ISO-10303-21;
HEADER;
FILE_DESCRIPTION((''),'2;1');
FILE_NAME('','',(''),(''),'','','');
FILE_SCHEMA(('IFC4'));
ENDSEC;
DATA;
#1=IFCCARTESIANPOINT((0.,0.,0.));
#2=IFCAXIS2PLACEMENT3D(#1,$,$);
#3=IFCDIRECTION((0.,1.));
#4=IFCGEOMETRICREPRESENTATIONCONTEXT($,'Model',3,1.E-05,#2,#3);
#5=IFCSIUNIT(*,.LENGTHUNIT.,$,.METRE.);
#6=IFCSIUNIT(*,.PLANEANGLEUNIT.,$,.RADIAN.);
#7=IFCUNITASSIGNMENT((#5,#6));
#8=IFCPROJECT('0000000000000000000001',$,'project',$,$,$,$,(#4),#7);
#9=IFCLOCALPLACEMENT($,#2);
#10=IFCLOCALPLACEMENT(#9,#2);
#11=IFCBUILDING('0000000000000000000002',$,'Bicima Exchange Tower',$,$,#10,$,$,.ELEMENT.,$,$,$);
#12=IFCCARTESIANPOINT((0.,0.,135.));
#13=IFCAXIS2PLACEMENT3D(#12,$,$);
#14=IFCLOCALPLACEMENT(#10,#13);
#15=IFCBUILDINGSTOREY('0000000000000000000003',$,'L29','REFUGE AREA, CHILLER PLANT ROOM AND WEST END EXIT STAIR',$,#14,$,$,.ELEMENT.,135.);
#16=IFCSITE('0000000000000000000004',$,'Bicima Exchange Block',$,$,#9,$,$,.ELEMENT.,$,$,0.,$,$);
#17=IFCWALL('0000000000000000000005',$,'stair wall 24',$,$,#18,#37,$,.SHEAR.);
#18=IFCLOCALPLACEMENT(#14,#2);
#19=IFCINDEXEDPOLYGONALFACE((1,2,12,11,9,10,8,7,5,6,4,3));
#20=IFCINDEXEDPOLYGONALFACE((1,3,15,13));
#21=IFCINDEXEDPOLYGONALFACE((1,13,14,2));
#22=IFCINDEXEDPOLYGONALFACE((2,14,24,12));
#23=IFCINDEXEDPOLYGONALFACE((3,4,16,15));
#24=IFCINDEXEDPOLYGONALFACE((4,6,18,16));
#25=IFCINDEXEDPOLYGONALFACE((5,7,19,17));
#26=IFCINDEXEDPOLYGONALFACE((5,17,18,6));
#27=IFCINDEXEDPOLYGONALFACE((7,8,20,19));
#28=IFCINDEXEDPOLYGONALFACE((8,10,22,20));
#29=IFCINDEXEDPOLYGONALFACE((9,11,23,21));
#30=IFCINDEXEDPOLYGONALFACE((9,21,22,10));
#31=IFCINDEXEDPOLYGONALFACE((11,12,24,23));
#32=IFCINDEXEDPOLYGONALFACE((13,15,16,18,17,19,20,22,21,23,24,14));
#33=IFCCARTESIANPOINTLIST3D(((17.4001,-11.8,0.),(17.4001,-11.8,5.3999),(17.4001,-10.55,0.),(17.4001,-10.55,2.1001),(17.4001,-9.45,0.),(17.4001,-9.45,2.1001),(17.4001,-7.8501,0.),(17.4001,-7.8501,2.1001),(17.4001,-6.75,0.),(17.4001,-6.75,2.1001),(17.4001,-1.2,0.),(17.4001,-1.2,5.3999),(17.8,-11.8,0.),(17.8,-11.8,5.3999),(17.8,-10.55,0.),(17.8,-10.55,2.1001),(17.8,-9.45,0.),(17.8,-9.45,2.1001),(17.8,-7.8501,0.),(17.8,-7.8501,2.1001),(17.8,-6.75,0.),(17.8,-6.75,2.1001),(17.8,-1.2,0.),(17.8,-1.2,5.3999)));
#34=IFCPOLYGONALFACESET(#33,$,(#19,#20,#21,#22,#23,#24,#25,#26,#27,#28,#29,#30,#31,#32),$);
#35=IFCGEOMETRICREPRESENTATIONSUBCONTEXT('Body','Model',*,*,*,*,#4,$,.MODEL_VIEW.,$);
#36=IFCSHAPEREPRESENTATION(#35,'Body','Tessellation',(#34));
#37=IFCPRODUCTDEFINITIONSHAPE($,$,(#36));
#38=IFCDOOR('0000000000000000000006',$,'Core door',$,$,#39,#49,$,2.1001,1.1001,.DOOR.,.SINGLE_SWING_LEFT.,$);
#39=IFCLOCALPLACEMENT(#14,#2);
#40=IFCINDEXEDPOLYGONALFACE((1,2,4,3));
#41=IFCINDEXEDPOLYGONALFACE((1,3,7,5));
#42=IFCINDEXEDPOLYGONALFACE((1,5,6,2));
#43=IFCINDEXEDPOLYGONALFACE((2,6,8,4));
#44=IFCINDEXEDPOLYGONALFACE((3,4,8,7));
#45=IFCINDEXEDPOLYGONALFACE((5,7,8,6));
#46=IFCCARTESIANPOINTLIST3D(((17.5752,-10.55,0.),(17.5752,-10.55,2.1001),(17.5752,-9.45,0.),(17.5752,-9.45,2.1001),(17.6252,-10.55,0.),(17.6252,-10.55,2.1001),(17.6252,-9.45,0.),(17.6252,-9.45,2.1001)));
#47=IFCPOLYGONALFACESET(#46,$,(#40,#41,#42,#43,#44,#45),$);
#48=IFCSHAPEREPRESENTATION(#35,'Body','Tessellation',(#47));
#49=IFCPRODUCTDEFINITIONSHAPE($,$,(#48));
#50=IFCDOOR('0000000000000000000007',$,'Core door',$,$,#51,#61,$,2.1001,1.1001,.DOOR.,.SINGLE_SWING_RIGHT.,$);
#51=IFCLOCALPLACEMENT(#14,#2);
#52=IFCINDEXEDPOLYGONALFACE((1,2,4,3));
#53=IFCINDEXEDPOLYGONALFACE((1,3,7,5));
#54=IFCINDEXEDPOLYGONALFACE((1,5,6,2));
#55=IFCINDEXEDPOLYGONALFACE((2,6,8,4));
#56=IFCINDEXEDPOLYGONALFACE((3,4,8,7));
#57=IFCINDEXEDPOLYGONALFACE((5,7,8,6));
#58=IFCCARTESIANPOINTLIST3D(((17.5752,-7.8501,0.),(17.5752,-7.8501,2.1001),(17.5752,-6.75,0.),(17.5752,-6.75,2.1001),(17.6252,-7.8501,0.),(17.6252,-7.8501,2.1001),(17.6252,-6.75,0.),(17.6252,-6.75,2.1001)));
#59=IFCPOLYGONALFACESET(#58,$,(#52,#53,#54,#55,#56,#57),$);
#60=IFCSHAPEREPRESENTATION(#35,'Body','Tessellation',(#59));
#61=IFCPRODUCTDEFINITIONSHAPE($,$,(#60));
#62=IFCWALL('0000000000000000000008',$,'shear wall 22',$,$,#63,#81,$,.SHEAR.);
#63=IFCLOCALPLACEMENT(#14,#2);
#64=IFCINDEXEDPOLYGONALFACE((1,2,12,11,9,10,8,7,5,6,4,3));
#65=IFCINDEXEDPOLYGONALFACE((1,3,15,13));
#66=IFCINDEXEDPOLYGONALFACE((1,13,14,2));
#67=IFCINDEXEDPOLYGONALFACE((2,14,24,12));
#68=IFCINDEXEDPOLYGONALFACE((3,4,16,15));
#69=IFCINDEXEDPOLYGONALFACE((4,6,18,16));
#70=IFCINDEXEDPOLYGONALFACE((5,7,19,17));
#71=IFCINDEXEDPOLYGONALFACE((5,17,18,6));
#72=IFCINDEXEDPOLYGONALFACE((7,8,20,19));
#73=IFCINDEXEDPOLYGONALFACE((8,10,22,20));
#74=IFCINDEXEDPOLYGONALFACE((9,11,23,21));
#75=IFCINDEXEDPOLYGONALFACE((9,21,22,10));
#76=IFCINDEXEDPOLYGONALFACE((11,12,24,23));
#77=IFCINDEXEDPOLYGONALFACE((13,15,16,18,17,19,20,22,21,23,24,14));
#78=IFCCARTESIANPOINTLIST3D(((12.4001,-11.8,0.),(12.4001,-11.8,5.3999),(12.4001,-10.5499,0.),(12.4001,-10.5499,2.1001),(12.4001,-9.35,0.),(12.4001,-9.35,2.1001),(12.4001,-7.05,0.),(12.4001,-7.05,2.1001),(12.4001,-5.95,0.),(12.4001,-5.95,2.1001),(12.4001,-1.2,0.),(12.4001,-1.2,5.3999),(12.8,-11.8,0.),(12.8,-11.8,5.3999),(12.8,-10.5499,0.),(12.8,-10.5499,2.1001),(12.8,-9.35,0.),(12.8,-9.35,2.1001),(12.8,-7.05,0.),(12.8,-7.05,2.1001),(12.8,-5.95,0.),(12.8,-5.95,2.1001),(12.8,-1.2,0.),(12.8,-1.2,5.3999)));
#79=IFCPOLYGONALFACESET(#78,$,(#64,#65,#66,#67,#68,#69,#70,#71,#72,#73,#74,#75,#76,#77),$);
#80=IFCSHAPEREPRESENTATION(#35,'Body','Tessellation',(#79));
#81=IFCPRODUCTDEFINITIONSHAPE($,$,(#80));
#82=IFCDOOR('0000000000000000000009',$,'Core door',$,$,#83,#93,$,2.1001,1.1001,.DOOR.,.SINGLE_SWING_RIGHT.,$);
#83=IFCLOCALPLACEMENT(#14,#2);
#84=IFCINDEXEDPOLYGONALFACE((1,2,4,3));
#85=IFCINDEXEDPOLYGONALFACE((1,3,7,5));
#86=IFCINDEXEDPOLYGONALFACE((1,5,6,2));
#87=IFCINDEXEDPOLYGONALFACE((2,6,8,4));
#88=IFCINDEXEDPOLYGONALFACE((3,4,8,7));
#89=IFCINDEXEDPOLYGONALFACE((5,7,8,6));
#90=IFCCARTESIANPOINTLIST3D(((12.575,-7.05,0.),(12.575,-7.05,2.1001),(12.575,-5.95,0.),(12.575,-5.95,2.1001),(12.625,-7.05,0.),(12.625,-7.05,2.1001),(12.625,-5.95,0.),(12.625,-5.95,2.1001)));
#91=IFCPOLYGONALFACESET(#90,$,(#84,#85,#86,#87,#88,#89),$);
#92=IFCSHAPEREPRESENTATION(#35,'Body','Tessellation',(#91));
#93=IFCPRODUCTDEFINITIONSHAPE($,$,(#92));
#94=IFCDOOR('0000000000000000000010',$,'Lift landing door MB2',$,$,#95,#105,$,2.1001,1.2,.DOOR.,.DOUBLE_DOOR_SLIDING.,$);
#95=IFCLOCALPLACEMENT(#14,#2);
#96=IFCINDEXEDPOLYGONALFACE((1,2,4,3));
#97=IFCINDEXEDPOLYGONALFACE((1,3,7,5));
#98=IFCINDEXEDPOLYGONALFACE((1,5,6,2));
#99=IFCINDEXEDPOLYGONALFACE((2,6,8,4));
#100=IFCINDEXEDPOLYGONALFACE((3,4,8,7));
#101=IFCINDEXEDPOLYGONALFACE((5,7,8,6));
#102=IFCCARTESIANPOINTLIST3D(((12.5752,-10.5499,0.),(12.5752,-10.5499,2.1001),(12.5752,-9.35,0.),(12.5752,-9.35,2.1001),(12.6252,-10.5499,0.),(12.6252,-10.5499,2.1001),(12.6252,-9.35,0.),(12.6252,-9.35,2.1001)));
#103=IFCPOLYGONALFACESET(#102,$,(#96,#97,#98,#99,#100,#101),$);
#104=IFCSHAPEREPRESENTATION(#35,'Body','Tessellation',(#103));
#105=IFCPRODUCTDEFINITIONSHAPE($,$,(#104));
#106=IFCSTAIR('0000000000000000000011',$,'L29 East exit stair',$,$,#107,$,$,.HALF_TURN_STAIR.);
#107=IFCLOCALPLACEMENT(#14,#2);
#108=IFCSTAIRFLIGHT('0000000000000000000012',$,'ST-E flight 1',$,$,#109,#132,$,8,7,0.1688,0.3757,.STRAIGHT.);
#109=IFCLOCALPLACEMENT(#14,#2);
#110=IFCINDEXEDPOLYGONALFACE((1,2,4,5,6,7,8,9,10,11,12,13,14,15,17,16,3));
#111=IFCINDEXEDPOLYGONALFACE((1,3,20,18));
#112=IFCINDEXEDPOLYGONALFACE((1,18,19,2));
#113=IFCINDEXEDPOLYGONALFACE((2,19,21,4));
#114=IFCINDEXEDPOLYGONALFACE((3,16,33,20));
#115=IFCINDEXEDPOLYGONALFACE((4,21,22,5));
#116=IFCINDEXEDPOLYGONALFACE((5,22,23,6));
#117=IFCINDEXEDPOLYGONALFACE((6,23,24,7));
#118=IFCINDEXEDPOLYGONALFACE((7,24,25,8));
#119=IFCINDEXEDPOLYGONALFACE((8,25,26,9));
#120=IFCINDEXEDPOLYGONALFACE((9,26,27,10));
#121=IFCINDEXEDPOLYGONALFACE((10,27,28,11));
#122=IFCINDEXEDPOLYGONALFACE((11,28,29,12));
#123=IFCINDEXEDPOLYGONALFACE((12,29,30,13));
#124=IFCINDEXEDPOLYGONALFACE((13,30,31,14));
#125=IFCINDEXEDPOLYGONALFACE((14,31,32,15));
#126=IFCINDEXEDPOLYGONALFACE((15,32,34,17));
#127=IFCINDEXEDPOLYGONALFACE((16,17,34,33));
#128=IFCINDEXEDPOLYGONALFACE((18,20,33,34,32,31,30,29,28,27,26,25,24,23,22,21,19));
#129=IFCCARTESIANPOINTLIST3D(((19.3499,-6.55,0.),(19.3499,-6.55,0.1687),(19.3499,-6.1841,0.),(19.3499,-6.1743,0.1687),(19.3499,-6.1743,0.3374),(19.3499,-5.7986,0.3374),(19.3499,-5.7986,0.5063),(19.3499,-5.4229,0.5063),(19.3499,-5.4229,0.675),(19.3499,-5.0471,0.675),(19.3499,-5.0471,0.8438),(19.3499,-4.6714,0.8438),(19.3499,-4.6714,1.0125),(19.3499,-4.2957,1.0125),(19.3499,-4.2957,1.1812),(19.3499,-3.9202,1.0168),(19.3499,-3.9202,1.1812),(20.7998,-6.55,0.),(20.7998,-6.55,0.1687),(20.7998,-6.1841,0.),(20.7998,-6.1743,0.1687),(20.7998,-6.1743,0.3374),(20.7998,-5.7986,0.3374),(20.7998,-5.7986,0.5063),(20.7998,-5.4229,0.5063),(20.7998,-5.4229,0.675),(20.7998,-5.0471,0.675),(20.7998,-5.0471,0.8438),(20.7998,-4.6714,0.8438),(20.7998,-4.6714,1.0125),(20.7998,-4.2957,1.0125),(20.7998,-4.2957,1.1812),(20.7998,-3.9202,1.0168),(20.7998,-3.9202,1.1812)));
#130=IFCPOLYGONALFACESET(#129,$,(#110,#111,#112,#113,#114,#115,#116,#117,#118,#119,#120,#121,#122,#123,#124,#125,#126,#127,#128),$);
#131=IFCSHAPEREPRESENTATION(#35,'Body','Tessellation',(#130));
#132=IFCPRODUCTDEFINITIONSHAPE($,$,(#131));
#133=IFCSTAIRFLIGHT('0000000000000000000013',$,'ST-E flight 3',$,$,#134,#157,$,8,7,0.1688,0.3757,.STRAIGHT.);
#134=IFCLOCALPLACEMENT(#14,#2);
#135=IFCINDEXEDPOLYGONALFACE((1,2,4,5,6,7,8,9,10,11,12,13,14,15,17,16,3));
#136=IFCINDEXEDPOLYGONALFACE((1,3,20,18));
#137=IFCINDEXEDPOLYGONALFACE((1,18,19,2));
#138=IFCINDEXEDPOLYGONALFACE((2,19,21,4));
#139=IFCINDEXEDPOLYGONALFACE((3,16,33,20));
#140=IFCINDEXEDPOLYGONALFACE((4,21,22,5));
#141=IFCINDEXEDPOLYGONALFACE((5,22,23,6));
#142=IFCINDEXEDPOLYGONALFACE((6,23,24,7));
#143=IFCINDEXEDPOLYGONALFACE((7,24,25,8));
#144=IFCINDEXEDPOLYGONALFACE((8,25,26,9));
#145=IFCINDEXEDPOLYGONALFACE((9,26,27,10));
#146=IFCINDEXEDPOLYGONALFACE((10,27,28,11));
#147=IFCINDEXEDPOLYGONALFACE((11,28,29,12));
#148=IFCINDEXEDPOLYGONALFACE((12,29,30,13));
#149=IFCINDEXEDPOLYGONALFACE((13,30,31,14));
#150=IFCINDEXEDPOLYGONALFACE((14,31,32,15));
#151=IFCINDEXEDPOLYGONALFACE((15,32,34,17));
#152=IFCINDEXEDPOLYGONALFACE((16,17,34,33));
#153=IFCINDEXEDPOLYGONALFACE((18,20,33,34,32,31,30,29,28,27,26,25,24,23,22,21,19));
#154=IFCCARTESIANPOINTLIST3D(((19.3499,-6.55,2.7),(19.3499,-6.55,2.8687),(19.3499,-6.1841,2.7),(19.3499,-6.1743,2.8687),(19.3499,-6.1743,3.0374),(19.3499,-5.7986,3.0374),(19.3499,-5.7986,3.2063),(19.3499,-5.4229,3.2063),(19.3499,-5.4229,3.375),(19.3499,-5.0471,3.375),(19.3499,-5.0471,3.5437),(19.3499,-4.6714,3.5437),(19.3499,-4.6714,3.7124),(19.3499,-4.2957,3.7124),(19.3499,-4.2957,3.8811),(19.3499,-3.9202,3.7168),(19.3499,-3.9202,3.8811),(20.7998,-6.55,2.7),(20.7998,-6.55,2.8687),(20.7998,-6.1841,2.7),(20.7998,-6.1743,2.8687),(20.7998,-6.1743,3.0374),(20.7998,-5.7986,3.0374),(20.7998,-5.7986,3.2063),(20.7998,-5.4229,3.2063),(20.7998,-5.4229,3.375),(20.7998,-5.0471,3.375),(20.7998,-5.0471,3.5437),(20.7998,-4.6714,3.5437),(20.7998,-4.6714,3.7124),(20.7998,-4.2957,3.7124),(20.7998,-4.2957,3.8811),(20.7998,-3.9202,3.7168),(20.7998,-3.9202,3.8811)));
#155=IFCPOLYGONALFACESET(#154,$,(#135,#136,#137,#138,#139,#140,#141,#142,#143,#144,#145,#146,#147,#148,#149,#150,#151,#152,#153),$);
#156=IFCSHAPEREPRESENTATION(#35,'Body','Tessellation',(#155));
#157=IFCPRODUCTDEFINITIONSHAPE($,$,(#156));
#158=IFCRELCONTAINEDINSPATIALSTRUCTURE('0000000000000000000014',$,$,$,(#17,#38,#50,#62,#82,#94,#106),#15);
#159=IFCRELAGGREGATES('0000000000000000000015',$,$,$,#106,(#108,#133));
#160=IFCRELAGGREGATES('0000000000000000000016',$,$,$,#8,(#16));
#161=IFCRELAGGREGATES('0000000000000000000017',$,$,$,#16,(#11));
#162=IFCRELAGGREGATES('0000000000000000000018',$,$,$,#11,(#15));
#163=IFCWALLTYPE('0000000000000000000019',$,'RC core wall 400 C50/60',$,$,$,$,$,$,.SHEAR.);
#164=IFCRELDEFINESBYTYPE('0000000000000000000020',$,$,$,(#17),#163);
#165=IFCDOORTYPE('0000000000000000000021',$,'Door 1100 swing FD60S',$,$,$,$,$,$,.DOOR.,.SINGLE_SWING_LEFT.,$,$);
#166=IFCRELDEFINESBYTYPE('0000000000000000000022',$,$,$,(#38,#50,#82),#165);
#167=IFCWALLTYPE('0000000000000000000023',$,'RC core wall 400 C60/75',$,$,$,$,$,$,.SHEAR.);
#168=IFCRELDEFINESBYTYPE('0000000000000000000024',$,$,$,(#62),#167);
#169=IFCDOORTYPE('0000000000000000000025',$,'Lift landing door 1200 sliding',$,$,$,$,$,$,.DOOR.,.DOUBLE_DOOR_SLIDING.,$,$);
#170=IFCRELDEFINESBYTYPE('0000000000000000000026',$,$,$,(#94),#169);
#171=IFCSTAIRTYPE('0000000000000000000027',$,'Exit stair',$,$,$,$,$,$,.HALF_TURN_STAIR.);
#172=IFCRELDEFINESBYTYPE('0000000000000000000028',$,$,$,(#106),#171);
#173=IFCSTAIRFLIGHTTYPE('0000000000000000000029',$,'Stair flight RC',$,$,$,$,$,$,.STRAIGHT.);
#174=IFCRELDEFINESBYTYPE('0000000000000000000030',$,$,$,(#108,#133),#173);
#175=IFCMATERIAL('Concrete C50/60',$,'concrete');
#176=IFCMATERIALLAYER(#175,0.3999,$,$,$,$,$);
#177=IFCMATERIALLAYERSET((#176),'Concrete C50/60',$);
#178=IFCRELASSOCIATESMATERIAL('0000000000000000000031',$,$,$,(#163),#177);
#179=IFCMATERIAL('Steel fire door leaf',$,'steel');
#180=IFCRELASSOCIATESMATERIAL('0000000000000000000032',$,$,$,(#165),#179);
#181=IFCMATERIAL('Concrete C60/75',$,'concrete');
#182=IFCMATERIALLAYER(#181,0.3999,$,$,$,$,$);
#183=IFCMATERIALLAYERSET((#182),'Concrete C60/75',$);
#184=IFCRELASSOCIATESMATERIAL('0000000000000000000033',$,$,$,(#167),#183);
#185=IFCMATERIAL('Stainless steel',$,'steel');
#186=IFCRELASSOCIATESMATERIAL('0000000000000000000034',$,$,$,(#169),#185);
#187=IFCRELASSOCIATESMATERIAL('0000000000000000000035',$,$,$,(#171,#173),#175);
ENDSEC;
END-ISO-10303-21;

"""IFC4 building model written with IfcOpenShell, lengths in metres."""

from ifc_helpers import new_model, si_unit, direction, frame, frame_2d, origin, place, context, subcontext, project, spatial, polyline, rectangle, outline, extrude, material, layer, layer_set, type_object, element, fill, aggregate, save


model = new_model("IFC4")

# Units and contexts
model_context = context("Model", 3, precision=1e-05, world=origin(), true_north=direction((0.0, 1.0)))
body_context = subcontext(model_context, "Body", "Model", "MODEL_VIEW")
ifc_project = project(units=[si_unit("LENGTHUNIT", "METRE"), si_unit("PLANEANGLEUNIT", "RADIAN")], contexts=[model_context])

# Site, building, storey
site_placement = place(None, origin())
site = spatial("IfcSite", under=ifc_project, at=site_placement, Name="Bicima Exchange Block", CompositionType="ELEMENT", RefElevation=0.0)
building_placement = place(site_placement, origin())
building = spatial("IfcBuilding", under=site, at=building_placement, Name="Bicima Exchange Tower", CompositionType="ELEMENT")
storey_placement = place(building_placement, frame((0.0, 0.0, 135.0)))
storey = spatial("IfcBuildingStorey", under=building, at=storey_placement, Name="L29", Description="REFUGE AREA, CHILLER PLANT ROOM AND WEST END EXIT STAIR", CompositionType="ELEMENT", Elevation=135.0)

# Shared definitions
ifc_material_1 = material(Name="Concrete C60/75", Category="concrete")

# Shared definitions
ifc_material_2 = material(Name="Concrete C50/60", Category="concrete")
ifc_layer_1 = layer(ifc_material_2, 0.3999)
ifc_layer_set_1 = layer_set([ifc_layer_1], Name="Concrete C50/60")
wall_type_1 = type_object("IfcWallType", Name="RC core wall 400 C50/60", PredefinedType="SHEAR", material=ifc_layer_set_1)
ifc_material_3 = material(Name="Steel fire door leaf", Category="steel")

# Walls, openings, doors
wall_1_placement = place(storey_placement, frame((17.6001, -11.8, 0.0), z_axis=(0.0, 0.0, 1.0), x_axis=(0.0, 1.0, 0.0)))
wall_1 = element("IfcWall", 1, at=wall_1_placement, inside=storey, type_object=wall_type_1, Name="stair wall 24", PredefinedType="SHEAR", context=body_context, shape_type="SweptSolid", body=[
    extrude(rectangle(XDim=10.6001, YDim=0.3999, at=frame_2d((5.3, 0.0))), origin(), (0.0, 0.0, 1.0), 5.3999),
])
opening_1_placement = place(wall_1_placement, frame((1.25, 0.0, 0.0)))
opening_1 = element("IfcOpeningElement", 2, at=opening_1_placement, cuts=wall_1, PredefinedType="OPENING", context=body_context, shape_type="SweptSolid", body=[
    extrude(rectangle(XDim=1.1001, YDim=2.1001, at=frame_2d((0.55, 1.05))), frame((0.0, 0.2119, 0.0), z_axis=(0.0, -1.0, 0.0), x_axis=(1.0, 0.0, 0.0)), (0.0, 0.0, 1.0), 0.4238),
])
opening_2_placement = place(wall_1_placement, frame((3.95, 0.0, 0.0)))
opening_2 = element("IfcOpeningElement", 3, at=opening_2_placement, cuts=wall_1, PredefinedType="OPENING", context=body_context, shape_type="SweptSolid", body=[
    extrude(rectangle(XDim=1.1001, YDim=2.1001, at=frame_2d((0.55, 1.05))), frame((0.0, 0.2119, 0.0), z_axis=(0.0, -1.0, 0.0), x_axis=(1.0, 0.0, 0.0)), (0.0, 0.0, 1.0), 0.4238),
])
door_type_1 = type_object("IfcDoorType", Name="Door 1100 swing FD60S", OperationType="SINGLE_SWING_LEFT", PredefinedType="DOOR", material=ifc_material_3)
door_1_placement = place(opening_1_placement, origin())
door_1 = element("IfcDoor", 4, at=door_1_placement, inside=storey, type_object=door_type_1, Name="Core door", OperationType="SINGLE_SWING_LEFT", OverallHeight=2.1001, OverallWidth=1.1001, PredefinedType="DOOR", context=body_context, shape_type="SweptSolid", body=[
    extrude(rectangle(XDim=1.1001, YDim=2.1001, at=frame_2d((0.55, 1.05))), frame((0.0, 0.0249, 0.0), z_axis=(0.0, -1.0, 0.0), x_axis=(1.0, 0.0, 0.0)), (0.0, 0.0, 1.0), 0.05),
])
fill(opening_1, door_1)
door_2_placement = place(opening_2_placement, origin())
door_2 = element("IfcDoor", 5, at=door_2_placement, inside=storey, type_object=door_type_1, Name="Core door", OperationType="SINGLE_SWING_RIGHT", OverallHeight=2.1001, OverallWidth=1.1001, PredefinedType="DOOR", context=body_context, shape_type="SweptSolid", body=[
    extrude(rectangle(XDim=1.1001, YDim=2.1001, at=frame_2d((0.55, 1.05))), frame((0.0, 0.0249, 0.0), z_axis=(0.0, -1.0, 0.0), x_axis=(1.0, 0.0, 0.0)), (0.0, 0.0, 1.0), 0.05),
])
fill(opening_2, door_2)
ifc_layer_2 = layer(ifc_material_1, 0.3999)
ifc_layer_set_2 = layer_set([ifc_layer_2], Name="Concrete C60/75")
wall_type_2 = type_object("IfcWallType", Name="RC core wall 400 C60/75", PredefinedType="SHEAR", material=ifc_layer_set_2)
wall_2_placement = place(storey_placement, frame((12.6001, -11.8, 0.0), z_axis=(0.0, 0.0, 1.0), x_axis=(0.0, 1.0, 0.0)))
wall_2 = element("IfcWall", 6, at=wall_2_placement, inside=storey, type_object=wall_type_2, Name="shear wall 22", PredefinedType="SHEAR", context=body_context, shape_type="SweptSolid", body=[
    extrude(rectangle(XDim=10.6001, YDim=0.3999, at=frame_2d((5.3, 0.0))), origin(), (0.0, 0.0, 1.0), 5.3999),
])
opening_3_placement = place(wall_2_placement, frame((1.25, 0.0, 0.0)))
opening_3 = element("IfcOpeningElement", 7, at=opening_3_placement, cuts=wall_2, PredefinedType="OPENING", context=body_context, shape_type="SweptSolid", body=[
    extrude(rectangle(XDim=1.2, YDim=2.1001, at=frame_2d((0.6001, 1.05))), frame((0.0, 0.2119, 0.0), z_axis=(0.0, -1.0, 0.0), x_axis=(1.0, 0.0, 0.0)), (0.0, 0.0, 1.0), 0.4238),
])
opening_4_placement = place(wall_2_placement, frame((4.75, 0.0, 0.0)))
opening_4 = element("IfcOpeningElement", 8, at=opening_4_placement, cuts=wall_2, PredefinedType="OPENING", context=body_context, shape_type="SweptSolid", body=[
    extrude(rectangle(XDim=1.1001, YDim=2.1001, at=frame_2d((0.55, 1.05))), frame((0.0, 0.2119, 0.0), z_axis=(0.0, -1.0, 0.0), x_axis=(1.0, 0.0, 0.0)), (0.0, 0.0, 1.0), 0.4238),
])
door_3_placement = place(opening_4_placement, frame((1.1001, 0.0, 0.0), z_axis=(0.0, 0.0, 1.0), x_axis=(-1.0, 0.0, 0.0)))
door_3 = element("IfcDoor", 9, at=door_3_placement, inside=storey, type_object=door_type_1, Name="Core door", OperationType="SINGLE_SWING_RIGHT", OverallHeight=2.1001, OverallWidth=1.1001, PredefinedType="DOOR", context=body_context, shape_type="SweptSolid", body=[
    extrude(rectangle(XDim=1.1001, YDim=2.1001, at=frame_2d((0.55, 1.05))), frame((0.0, 0.0249, 0.0), z_axis=(0.0, -1.0, 0.0), x_axis=(1.0, 0.0, 0.0)), (0.0, 0.0, 1.0), 0.05),
])
fill(opening_4, door_3)
ifc_material_4 = material(Name="Stainless steel", Category="steel")
door_type_2 = type_object("IfcDoorType", Name="Lift landing door 1200 sliding", OperationType="DOUBLE_DOOR_SLIDING", PredefinedType="DOOR", material=ifc_material_4)
door_4_placement = place(opening_3_placement, origin())
door_4 = element("IfcDoor", 10, at=door_4_placement, inside=storey, type_object=door_type_2, Name="Lift landing door MB2", OperationType="DOUBLE_DOOR_SLIDING", OverallHeight=2.1001, OverallWidth=1.2, PredefinedType="DOOR", context=body_context, shape_type="SweptSolid", body=[
    extrude(rectangle(XDim=1.2, YDim=2.1001, at=frame_2d((0.6001, 1.05))), frame((0.0, 0.0249, 0.0), z_axis=(0.0, -1.0, 0.0), x_axis=(1.0, 0.0, 0.0)), (0.0, 0.0, 1.0), 0.05),
])
fill(opening_3, door_4)

# Stair, stair flights
stair_type = type_object("IfcStairType", Name="Exit stair", PredefinedType="HALF_TURN_STAIR", material=ifc_material_2)
stair_placement = place(storey_placement, origin())
stair = element("IfcStair", 11, at=stair_placement, inside=storey, type_object=stair_type, Name="L29 East exit stair", PredefinedType="HALF_TURN_STAIR")
stair_flight_type = type_object("IfcStairFlightType", Name="Stair flight RC", PredefinedType="STRAIGHT", material=ifc_material_2)
stair_flight_1_placement = place(storey_placement, frame((20.075, -6.55, 0.0), z_axis=(0.0, 0.0, 1.0), x_axis=(0.0, 1.0, 0.0)))
stair_flight_1 = element("IfcStairFlight", 12, at=stair_flight_1_placement, type_object=stair_flight_type, Name="ST-E flight 1", NumberOfRisers=8, NumberOfTreads=7, PredefinedType="STRAIGHT", RiserHeight=0.1688, TreadLength=0.3757, context=body_context, shape_type="SweptSolid", body=[
    extrude(outline(polyline([(0.0, 0.0), (0.0, 0.1687), (0.3757, 0.1687), (0.3757, 0.3374), (0.7515, 0.3374), (0.7515, 0.5063), (1.1272, 0.5063), (1.1272, 0.675), (1.5029, 0.675), (1.5029, 0.8438), (1.8787, 0.8438), (1.8787, 1.0125), (2.2544, 1.0125), (2.2544, 1.1812), (2.6299, 1.1812), (2.6299, 1.3501), (2.6299, 1.0168), (0.366, 0.0), (0.0, 0.0)])), frame((0.0, 0.7251, 0.0), z_axis=(0.0, -1.0, 0.0), x_axis=(1.0, 0.0, 0.0)), (0.0, 0.0, 1.0), 1.45),
])
stair_flight_2_placement = place(storey_placement, frame((20.075, -6.55, 2.7), z_axis=(0.0, 0.0, 1.0), x_axis=(0.0, 1.0, 0.0)))
stair_flight_2 = element("IfcStairFlight", 13, at=stair_flight_2_placement, type_object=stair_flight_type, Name="ST-E flight 3", NumberOfRisers=8, NumberOfTreads=7, PredefinedType="STRAIGHT", RiserHeight=0.1688, TreadLength=0.3757, context=body_context, shape_type="SweptSolid", body=[
    extrude(outline(polyline([(0.0, 0.0), (0.0, 0.1687), (0.3757, 0.1687), (0.3757, 0.3374), (0.7515, 0.3374), (0.7515, 0.5063), (1.1272, 0.5063), (1.1272, 0.675), (1.5029, 0.675), (1.5029, 0.8438), (1.8787, 0.8438), (1.8787, 1.0125), (2.2544, 1.0125), (2.2544, 1.1812), (2.6299, 1.1812), (2.6299, 1.3501), (2.6299, 1.0168), (0.366, 0.0), (0.0, 0.0)])), frame((0.0, 0.7251, 0.0), z_axis=(0.0, -1.0, 0.0), x_axis=(1.0, 0.0, 0.0)), (0.0, 0.0, 1.0), 1.45),
])
aggregate(stair, [stair_flight_1, stair_flight_2])

save(model, "model.ifc")
